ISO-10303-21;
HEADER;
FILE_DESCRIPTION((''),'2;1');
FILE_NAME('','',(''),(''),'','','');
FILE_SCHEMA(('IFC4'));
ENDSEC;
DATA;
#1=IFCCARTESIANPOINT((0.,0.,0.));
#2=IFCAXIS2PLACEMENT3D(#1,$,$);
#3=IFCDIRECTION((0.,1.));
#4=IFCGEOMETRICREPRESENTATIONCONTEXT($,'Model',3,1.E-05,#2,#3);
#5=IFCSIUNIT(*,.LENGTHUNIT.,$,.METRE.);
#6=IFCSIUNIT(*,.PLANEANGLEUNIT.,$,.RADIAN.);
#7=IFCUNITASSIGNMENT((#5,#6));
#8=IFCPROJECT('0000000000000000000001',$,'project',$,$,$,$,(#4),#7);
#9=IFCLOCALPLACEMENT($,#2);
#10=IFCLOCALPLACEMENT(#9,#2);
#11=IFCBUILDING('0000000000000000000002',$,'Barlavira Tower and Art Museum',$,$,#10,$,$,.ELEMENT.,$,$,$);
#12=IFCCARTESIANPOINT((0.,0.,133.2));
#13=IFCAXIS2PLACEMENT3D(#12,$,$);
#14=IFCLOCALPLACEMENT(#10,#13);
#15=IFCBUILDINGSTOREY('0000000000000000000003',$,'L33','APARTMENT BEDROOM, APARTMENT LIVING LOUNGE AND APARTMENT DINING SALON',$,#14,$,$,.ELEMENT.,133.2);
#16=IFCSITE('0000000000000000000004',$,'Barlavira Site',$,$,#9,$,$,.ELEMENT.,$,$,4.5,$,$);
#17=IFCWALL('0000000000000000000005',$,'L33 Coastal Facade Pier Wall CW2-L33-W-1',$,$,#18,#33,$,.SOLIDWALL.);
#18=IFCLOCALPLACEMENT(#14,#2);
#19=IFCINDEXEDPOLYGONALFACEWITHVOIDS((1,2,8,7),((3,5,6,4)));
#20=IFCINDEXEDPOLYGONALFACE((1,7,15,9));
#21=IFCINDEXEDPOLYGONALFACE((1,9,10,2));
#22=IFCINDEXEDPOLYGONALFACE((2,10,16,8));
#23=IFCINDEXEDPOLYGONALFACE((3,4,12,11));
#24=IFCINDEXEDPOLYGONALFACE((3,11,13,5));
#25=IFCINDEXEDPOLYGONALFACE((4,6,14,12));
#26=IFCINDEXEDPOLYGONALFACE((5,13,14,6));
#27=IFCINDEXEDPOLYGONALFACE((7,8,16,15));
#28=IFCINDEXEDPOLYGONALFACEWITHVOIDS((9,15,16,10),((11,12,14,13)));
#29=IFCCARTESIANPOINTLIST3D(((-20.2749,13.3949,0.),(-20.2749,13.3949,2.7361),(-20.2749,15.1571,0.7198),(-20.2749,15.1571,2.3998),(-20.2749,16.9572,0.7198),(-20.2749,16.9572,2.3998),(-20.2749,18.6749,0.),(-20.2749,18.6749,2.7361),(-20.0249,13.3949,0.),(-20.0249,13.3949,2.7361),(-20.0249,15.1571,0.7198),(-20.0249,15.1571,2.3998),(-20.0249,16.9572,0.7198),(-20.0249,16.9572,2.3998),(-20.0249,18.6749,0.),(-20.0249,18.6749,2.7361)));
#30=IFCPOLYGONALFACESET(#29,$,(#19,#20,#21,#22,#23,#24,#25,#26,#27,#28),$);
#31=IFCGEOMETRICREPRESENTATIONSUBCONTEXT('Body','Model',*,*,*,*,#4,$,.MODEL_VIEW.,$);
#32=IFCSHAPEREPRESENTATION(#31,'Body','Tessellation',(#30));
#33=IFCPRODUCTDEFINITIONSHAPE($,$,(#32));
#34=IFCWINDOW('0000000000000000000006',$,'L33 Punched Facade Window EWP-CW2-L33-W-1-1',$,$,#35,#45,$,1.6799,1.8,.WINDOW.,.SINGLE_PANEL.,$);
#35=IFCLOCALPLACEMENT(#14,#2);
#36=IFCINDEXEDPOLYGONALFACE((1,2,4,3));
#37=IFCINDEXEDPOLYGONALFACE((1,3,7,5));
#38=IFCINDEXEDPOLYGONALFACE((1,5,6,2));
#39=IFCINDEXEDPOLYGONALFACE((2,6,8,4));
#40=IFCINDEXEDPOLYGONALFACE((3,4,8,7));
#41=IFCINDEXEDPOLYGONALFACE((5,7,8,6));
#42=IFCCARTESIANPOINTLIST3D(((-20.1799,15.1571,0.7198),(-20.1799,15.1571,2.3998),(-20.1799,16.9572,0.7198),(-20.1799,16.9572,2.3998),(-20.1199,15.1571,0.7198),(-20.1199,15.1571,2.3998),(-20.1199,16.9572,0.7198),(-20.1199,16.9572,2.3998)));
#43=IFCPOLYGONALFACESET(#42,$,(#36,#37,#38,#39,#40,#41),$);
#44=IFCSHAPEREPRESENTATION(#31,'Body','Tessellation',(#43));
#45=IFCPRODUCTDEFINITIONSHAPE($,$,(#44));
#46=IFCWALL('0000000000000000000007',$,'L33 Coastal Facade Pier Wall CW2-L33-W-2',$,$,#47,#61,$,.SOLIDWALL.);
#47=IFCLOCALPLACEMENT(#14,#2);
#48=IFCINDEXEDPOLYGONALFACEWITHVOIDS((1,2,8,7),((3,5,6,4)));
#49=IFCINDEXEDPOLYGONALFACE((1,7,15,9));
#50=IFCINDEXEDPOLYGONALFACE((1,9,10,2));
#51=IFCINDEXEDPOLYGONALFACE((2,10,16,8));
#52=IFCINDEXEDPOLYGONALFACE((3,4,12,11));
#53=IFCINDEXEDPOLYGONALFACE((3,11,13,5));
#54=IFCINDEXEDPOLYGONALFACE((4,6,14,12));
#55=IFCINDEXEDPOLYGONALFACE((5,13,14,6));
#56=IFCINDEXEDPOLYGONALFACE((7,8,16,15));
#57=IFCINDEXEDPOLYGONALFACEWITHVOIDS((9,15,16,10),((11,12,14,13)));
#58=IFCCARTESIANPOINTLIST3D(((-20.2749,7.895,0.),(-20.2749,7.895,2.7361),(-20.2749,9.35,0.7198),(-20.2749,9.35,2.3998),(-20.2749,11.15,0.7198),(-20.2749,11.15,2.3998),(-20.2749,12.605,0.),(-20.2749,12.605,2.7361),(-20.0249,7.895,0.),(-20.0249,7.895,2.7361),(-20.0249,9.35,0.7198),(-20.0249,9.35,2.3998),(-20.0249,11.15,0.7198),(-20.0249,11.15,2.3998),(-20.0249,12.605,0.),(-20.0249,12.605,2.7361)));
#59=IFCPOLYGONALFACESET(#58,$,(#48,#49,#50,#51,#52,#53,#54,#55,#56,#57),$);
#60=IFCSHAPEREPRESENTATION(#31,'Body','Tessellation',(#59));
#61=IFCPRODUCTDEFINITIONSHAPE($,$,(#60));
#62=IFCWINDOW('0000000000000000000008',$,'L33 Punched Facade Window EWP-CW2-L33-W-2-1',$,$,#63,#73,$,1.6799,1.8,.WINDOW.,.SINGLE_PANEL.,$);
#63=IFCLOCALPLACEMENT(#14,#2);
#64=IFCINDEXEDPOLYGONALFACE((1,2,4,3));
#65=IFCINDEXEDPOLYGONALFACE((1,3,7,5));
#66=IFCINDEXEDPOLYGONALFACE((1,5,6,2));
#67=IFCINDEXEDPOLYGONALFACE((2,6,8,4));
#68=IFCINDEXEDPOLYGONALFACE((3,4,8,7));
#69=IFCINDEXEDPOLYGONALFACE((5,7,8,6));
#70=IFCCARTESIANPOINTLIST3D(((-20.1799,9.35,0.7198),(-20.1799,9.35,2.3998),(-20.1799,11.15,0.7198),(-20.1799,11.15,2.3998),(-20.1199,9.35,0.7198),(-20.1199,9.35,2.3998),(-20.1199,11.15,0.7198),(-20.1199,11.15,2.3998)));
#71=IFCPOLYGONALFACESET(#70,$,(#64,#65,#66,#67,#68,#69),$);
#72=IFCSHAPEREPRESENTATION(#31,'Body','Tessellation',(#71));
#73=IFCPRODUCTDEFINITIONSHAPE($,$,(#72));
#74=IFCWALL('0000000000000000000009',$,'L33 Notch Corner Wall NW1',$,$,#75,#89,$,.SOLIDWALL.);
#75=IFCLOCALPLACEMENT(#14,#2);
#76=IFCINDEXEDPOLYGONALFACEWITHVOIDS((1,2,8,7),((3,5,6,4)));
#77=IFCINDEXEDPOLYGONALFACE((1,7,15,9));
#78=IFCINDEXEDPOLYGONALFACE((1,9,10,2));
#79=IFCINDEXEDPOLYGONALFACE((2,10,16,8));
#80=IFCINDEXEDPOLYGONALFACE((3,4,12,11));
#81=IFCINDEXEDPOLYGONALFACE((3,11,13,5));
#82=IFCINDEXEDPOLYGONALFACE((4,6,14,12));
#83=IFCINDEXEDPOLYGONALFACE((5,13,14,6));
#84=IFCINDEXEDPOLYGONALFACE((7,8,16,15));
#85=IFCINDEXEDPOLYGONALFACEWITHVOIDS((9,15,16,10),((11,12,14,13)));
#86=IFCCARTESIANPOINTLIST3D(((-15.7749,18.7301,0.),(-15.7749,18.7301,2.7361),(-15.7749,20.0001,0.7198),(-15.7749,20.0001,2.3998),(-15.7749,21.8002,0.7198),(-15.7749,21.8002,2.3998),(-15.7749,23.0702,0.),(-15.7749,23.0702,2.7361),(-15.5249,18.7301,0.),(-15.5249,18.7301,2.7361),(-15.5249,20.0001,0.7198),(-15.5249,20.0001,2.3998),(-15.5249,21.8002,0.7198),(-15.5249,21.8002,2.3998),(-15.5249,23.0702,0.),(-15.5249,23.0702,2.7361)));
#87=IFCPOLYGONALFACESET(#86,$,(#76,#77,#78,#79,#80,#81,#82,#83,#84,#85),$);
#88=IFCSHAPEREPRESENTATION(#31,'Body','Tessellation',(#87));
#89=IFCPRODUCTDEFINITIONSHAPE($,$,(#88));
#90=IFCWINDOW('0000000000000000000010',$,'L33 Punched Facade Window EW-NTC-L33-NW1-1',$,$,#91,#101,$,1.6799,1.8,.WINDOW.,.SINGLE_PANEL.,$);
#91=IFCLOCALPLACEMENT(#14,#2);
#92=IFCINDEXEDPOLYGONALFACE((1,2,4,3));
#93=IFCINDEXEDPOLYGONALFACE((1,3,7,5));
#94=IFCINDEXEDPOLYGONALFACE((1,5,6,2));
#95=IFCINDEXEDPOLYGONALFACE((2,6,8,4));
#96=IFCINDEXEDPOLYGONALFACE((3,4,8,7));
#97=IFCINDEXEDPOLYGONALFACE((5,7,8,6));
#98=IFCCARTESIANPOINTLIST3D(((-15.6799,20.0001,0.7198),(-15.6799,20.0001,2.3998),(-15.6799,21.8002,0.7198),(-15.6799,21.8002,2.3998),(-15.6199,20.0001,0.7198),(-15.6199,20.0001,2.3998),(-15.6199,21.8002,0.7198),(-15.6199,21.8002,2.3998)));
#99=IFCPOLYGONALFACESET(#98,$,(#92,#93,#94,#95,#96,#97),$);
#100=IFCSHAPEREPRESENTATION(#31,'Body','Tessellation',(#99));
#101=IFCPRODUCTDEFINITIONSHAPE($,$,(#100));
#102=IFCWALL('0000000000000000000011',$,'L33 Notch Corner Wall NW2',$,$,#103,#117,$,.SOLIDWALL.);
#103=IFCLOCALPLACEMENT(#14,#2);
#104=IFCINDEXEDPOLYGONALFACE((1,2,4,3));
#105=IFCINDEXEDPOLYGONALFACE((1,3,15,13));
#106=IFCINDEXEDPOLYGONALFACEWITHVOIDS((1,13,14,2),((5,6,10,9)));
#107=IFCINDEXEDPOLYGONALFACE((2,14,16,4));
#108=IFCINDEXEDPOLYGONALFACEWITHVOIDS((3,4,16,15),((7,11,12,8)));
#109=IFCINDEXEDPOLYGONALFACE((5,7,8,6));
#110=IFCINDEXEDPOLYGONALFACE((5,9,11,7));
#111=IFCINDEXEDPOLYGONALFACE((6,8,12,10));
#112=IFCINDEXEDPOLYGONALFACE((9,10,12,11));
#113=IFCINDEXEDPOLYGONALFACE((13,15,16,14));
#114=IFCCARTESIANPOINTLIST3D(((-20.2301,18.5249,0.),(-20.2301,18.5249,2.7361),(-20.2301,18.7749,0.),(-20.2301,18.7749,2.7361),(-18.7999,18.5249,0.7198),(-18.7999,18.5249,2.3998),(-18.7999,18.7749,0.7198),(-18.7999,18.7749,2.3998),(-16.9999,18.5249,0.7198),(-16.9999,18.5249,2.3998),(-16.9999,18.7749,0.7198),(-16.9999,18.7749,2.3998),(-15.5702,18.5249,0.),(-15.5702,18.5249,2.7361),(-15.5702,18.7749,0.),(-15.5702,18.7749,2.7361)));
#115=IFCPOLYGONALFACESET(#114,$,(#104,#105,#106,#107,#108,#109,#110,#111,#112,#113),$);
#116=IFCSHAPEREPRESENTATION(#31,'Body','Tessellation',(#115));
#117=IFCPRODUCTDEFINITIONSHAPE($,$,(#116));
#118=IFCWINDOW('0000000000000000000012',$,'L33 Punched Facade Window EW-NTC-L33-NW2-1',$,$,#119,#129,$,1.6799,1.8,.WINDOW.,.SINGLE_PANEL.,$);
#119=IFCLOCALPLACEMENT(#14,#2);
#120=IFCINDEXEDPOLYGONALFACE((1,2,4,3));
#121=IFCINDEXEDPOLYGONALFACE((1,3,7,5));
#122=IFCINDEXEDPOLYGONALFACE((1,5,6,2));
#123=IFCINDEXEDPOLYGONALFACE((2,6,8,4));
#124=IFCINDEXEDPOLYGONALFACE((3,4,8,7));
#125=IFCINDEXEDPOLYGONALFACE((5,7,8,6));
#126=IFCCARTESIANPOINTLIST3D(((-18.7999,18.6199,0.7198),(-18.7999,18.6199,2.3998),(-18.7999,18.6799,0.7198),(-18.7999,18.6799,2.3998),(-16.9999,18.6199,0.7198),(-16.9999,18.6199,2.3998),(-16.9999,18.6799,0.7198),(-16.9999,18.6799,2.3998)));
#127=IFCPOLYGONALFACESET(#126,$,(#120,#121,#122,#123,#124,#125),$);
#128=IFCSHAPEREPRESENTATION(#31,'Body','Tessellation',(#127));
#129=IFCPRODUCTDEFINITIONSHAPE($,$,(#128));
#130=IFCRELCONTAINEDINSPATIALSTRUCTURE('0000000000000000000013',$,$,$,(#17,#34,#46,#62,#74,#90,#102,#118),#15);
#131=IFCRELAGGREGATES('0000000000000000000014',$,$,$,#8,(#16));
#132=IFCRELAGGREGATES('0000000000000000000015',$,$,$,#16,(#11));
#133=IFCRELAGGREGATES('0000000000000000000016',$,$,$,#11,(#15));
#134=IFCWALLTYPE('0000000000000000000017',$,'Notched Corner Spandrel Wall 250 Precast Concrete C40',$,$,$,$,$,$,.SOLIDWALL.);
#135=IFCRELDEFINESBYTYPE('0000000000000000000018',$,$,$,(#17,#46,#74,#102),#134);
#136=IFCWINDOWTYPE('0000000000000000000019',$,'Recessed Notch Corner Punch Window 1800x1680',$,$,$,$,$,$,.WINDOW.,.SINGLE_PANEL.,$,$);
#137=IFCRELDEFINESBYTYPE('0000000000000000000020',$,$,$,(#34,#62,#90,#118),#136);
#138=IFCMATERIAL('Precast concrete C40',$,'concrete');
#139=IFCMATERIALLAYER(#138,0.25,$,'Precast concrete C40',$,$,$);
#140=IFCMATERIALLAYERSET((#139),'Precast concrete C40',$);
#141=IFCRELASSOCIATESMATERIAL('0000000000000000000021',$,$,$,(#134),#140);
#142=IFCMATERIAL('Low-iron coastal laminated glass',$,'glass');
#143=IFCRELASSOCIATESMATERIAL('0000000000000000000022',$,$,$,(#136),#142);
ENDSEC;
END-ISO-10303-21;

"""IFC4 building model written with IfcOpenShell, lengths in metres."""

from ifc_helpers import new_model, si_unit, direction, frame, frame_2d, origin, place, context, subcontext, project, spatial, rectangle, extrude, material, layer, layer_set, type_object, element, fill, save


model = new_model("IFC4")

# Units and contexts
model_context = context("Model", 3, precision=1e-05, world=origin(), true_north=direction((0.0, 1.0)))
body_context = subcontext(model_context, "Body", "Model", "MODEL_VIEW")
ifc_project = project(units=[si_unit("LENGTHUNIT", "METRE"), si_unit("PLANEANGLEUNIT", "RADIAN")], contexts=[model_context])

# Site, building, storey
site_placement = place(None, origin())
site = spatial("IfcSite", under=ifc_project, at=site_placement, Name="Barlavira Site", CompositionType="ELEMENT", RefElevation=4.5)
building_placement = place(site_placement, origin())
building = spatial("IfcBuilding", under=site, at=building_placement, Name="Barlavira Tower and Art Museum", CompositionType="ELEMENT")
storey_placement = place(building_placement, frame((0.0, 0.0, 133.2)))
storey = spatial("IfcBuildingStorey", under=building, at=storey_placement, Name="L33", Description="APARTMENT BEDROOM, APARTMENT LIVING LOUNGE AND APARTMENT DINING SALON", CompositionType="ELEMENT", Elevation=133.2)

# Walls, openings, windows
ifc_material_1 = material(Name="Precast concrete C40", Category="concrete")
ifc_layer_1 = layer(ifc_material_1, 0.25, Name="Precast concrete C40")
ifc_layer_set_1 = layer_set([ifc_layer_1], Name="Precast concrete C40")
wall_type_1 = type_object("IfcWallType", Name="Notched Corner Spandrel Wall 250 Precast Concrete C40", PredefinedType="SOLIDWALL", material=ifc_layer_set_1)
ifc_material_2 = material(Name="Low-iron coastal laminated glass", Category="glass")
window_type = type_object("IfcWindowType", Name="Recessed Notch Corner Punch Window 1800x1680", PartitioningType="SINGLE_PANEL", PredefinedType="WINDOW", material=ifc_material_2)
wall_1_placement = place(storey_placement, frame((-20.1499, 18.675, 0.0), z_axis=(0.0, 0.0, 1.0), x_axis=(0.0, -1.0, 0.0)))
wall_1 = element("IfcWall", 1, at=wall_1_placement, inside=storey, type_object=wall_type_1, Name="L33 Coastal Facade Pier Wall CW2-L33-W-1", PredefinedType="SOLIDWALL", context=body_context, shape_type="SweptSolid", body=[
    extrude(rectangle(XDim=5.28, YDim=0.25, at=frame_2d((2.6401, 0.0))), origin(), (0.0, 0.0, 1.0), 2.7361),
])
opening_1_placement = place(wall_1_placement, frame((1.718, 0.0, 0.72)))
opening_1 = element("IfcOpeningElement", 2, at=opening_1_placement, cuts=wall_1, PredefinedType="OPENING", context=body_context, shape_type="SweptSolid", body=[
    extrude(rectangle(XDim=1.8, YDim=1.6799, at=frame_2d((0.8999, 0.8398))), frame((0.0, 0.135, 0.0), z_axis=(0.0, -1.0, 0.0), x_axis=(1.0, 0.0, 0.0)), (0.0, 0.0, 1.0), 0.27),
])
window_1_placement = place(opening_1_placement, origin())
window_1 = element("IfcWindow", 3, at=window_1_placement, inside=storey, type_object=window_type, Name="L33 Punched Facade Window EWP-CW2-L33-W-1-1", OverallHeight=1.6799, OverallWidth=1.8, PartitioningType="SINGLE_PANEL", PredefinedType="WINDOW", context=body_context, shape_type="SweptSolid", body=[
    extrude(rectangle(XDim=1.8, YDim=1.6799, at=frame_2d((0.8999, 0.8398))), frame((0.0, 0.03, 0.0), z_axis=(0.0, -1.0, 0.0), x_axis=(1.0, 0.0, 0.0)), (0.0, 0.0, 1.0), 0.0601),
])
fill(opening_1, window_1)
wall_2_placement = place(storey_placement, frame((-20.1499, 12.605, 0.0), z_axis=(0.0, 0.0, 1.0), x_axis=(0.0, -1.0, 0.0)))
wall_2 = element("IfcWall", 4, at=wall_2_placement, inside=storey, type_object=wall_type_1, Name="L33 Coastal Facade Pier Wall CW2-L33-W-2", PredefinedType="SOLIDWALL", context=body_context, shape_type="SweptSolid", body=[
    extrude(rectangle(XDim=4.71, YDim=0.25, at=frame_2d((2.355, 0.0))), origin(), (0.0, 0.0, 1.0), 2.7361),
])
opening_2_placement = place(wall_2_placement, frame((1.4551, 0.0, 0.72)))
opening_2 = element("IfcOpeningElement", 5, at=opening_2_placement, cuts=wall_2, PredefinedType="OPENING", context=body_context, shape_type="SweptSolid", body=[
    extrude(rectangle(XDim=1.8, YDim=1.6799, at=frame_2d((0.8999, 0.8398))), frame((0.0, 0.135, 0.0), z_axis=(0.0, -1.0, 0.0), x_axis=(1.0, 0.0, 0.0)), (0.0, 0.0, 1.0), 0.27),
])
window_2_placement = place(opening_2_placement, origin())
window_2 = element("IfcWindow", 6, at=window_2_placement, inside=storey, type_object=window_type, Name="L33 Punched Facade Window EWP-CW2-L33-W-2-1", OverallHeight=1.6799, OverallWidth=1.8, PartitioningType="SINGLE_PANEL", PredefinedType="WINDOW", context=body_context, shape_type="SweptSolid", body=[
    extrude(rectangle(XDim=1.8, YDim=1.6799, at=frame_2d((0.8999, 0.8398))), frame((0.0, 0.03, 0.0), z_axis=(0.0, -1.0, 0.0), x_axis=(1.0, 0.0, 0.0)), (0.0, 0.0, 1.0), 0.0601),
])
fill(opening_2, window_2)
wall_3_placement = place(storey_placement, frame((-15.6499, 23.0701, 0.0), z_axis=(0.0, 0.0, 1.0), x_axis=(0.0, -1.0, 0.0)))
wall_3 = element("IfcWall", 7, at=wall_3_placement, inside=storey, type_object=wall_type_1, Name="L33 Notch Corner Wall NW1", PredefinedType="SOLIDWALL", context=body_context, shape_type="SweptSolid", body=[
    extrude(rectangle(XDim=4.3401, YDim=0.25, at=frame_2d((2.1699, 0.0))), origin(), (0.0, 0.0, 1.0), 2.7361),
])
opening_3_placement = place(wall_3_placement, frame((1.27, 0.0, 0.72)))
opening_3 = element("IfcOpeningElement", 8, at=opening_3_placement, cuts=wall_3, PredefinedType="OPENING", context=body_context, shape_type="SweptSolid", body=[
    extrude(rectangle(XDim=1.8, YDim=1.6799, at=frame_2d((0.8999, 0.8398))), frame((0.0, 0.135, 0.0), z_axis=(0.0, -1.0, 0.0), x_axis=(1.0, 0.0, 0.0)), (0.0, 0.0, 1.0), 0.27),
])
window_3_placement = place(opening_3_placement, origin())
window_3 = element("IfcWindow", 9, at=window_3_placement, inside=storey, type_object=window_type, Name="L33 Punched Facade Window EW-NTC-L33-NW1-1", OverallHeight=1.6799, OverallWidth=1.8, PartitioningType="SINGLE_PANEL", PredefinedType="WINDOW", context=body_context, shape_type="SweptSolid", body=[
    extrude(rectangle(XDim=1.8, YDim=1.6799, at=frame_2d((0.8999, 0.8398))), frame((0.0, 0.03, 0.0), z_axis=(0.0, -1.0, 0.0), x_axis=(1.0, 0.0, 0.0)), (0.0, 0.0, 1.0), 0.0601),
])
fill(opening_3, window_3)
wall_4_placement = place(storey_placement, frame((-15.5701, 18.6499, 0.0), z_axis=(0.0, 0.0, 1.0), x_axis=(-1.0, 0.0, 0.0)))
wall_4 = element("IfcWall", 10, at=wall_4_placement, inside=storey, type_object=wall_type_1, Name="L33 Notch Corner Wall NW2", PredefinedType="SOLIDWALL", context=body_context, shape_type="SweptSolid", body=[
    extrude(rectangle(XDim=4.6599, YDim=0.25, at=frame_2d((2.3301, 0.0))), origin(), (0.0, 0.0, 1.0), 2.7361),
])
opening_4_placement = place(wall_4_placement, frame((1.4299, 0.0, 0.72)))
opening_4 = element("IfcOpeningElement", 11, at=opening_4_placement, cuts=wall_4, PredefinedType="OPENING", context=body_context, shape_type="SweptSolid", body=[
    extrude(rectangle(XDim=1.8, YDim=1.6799, at=frame_2d((0.8999, 0.8398))), frame((0.0, 0.135, 0.0), z_axis=(0.0, -1.0, 0.0), x_axis=(1.0, 0.0, 0.0)), (0.0, 0.0, 1.0), 0.27),
])
window_4_placement = place(opening_4_placement, origin())
window_4 = element("IfcWindow", 12, at=window_4_placement, inside=storey, type_object=window_type, Name="L33 Punched Facade Window EW-NTC-L33-NW2-1", OverallHeight=1.6799, OverallWidth=1.8, PartitioningType="SINGLE_PANEL", PredefinedType="WINDOW", context=body_context, shape_type="SweptSolid", body=[
    extrude(rectangle(XDim=1.8, YDim=1.6799, at=frame_2d((0.8999, 0.8398))), frame((0.0, 0.03, 0.0), z_axis=(0.0, -1.0, 0.0), x_axis=(1.0, 0.0, 0.0)), (0.0, 0.0, 1.0), 0.0601),
])
fill(opening_4, window_4)

save(model, "model.ifc")
